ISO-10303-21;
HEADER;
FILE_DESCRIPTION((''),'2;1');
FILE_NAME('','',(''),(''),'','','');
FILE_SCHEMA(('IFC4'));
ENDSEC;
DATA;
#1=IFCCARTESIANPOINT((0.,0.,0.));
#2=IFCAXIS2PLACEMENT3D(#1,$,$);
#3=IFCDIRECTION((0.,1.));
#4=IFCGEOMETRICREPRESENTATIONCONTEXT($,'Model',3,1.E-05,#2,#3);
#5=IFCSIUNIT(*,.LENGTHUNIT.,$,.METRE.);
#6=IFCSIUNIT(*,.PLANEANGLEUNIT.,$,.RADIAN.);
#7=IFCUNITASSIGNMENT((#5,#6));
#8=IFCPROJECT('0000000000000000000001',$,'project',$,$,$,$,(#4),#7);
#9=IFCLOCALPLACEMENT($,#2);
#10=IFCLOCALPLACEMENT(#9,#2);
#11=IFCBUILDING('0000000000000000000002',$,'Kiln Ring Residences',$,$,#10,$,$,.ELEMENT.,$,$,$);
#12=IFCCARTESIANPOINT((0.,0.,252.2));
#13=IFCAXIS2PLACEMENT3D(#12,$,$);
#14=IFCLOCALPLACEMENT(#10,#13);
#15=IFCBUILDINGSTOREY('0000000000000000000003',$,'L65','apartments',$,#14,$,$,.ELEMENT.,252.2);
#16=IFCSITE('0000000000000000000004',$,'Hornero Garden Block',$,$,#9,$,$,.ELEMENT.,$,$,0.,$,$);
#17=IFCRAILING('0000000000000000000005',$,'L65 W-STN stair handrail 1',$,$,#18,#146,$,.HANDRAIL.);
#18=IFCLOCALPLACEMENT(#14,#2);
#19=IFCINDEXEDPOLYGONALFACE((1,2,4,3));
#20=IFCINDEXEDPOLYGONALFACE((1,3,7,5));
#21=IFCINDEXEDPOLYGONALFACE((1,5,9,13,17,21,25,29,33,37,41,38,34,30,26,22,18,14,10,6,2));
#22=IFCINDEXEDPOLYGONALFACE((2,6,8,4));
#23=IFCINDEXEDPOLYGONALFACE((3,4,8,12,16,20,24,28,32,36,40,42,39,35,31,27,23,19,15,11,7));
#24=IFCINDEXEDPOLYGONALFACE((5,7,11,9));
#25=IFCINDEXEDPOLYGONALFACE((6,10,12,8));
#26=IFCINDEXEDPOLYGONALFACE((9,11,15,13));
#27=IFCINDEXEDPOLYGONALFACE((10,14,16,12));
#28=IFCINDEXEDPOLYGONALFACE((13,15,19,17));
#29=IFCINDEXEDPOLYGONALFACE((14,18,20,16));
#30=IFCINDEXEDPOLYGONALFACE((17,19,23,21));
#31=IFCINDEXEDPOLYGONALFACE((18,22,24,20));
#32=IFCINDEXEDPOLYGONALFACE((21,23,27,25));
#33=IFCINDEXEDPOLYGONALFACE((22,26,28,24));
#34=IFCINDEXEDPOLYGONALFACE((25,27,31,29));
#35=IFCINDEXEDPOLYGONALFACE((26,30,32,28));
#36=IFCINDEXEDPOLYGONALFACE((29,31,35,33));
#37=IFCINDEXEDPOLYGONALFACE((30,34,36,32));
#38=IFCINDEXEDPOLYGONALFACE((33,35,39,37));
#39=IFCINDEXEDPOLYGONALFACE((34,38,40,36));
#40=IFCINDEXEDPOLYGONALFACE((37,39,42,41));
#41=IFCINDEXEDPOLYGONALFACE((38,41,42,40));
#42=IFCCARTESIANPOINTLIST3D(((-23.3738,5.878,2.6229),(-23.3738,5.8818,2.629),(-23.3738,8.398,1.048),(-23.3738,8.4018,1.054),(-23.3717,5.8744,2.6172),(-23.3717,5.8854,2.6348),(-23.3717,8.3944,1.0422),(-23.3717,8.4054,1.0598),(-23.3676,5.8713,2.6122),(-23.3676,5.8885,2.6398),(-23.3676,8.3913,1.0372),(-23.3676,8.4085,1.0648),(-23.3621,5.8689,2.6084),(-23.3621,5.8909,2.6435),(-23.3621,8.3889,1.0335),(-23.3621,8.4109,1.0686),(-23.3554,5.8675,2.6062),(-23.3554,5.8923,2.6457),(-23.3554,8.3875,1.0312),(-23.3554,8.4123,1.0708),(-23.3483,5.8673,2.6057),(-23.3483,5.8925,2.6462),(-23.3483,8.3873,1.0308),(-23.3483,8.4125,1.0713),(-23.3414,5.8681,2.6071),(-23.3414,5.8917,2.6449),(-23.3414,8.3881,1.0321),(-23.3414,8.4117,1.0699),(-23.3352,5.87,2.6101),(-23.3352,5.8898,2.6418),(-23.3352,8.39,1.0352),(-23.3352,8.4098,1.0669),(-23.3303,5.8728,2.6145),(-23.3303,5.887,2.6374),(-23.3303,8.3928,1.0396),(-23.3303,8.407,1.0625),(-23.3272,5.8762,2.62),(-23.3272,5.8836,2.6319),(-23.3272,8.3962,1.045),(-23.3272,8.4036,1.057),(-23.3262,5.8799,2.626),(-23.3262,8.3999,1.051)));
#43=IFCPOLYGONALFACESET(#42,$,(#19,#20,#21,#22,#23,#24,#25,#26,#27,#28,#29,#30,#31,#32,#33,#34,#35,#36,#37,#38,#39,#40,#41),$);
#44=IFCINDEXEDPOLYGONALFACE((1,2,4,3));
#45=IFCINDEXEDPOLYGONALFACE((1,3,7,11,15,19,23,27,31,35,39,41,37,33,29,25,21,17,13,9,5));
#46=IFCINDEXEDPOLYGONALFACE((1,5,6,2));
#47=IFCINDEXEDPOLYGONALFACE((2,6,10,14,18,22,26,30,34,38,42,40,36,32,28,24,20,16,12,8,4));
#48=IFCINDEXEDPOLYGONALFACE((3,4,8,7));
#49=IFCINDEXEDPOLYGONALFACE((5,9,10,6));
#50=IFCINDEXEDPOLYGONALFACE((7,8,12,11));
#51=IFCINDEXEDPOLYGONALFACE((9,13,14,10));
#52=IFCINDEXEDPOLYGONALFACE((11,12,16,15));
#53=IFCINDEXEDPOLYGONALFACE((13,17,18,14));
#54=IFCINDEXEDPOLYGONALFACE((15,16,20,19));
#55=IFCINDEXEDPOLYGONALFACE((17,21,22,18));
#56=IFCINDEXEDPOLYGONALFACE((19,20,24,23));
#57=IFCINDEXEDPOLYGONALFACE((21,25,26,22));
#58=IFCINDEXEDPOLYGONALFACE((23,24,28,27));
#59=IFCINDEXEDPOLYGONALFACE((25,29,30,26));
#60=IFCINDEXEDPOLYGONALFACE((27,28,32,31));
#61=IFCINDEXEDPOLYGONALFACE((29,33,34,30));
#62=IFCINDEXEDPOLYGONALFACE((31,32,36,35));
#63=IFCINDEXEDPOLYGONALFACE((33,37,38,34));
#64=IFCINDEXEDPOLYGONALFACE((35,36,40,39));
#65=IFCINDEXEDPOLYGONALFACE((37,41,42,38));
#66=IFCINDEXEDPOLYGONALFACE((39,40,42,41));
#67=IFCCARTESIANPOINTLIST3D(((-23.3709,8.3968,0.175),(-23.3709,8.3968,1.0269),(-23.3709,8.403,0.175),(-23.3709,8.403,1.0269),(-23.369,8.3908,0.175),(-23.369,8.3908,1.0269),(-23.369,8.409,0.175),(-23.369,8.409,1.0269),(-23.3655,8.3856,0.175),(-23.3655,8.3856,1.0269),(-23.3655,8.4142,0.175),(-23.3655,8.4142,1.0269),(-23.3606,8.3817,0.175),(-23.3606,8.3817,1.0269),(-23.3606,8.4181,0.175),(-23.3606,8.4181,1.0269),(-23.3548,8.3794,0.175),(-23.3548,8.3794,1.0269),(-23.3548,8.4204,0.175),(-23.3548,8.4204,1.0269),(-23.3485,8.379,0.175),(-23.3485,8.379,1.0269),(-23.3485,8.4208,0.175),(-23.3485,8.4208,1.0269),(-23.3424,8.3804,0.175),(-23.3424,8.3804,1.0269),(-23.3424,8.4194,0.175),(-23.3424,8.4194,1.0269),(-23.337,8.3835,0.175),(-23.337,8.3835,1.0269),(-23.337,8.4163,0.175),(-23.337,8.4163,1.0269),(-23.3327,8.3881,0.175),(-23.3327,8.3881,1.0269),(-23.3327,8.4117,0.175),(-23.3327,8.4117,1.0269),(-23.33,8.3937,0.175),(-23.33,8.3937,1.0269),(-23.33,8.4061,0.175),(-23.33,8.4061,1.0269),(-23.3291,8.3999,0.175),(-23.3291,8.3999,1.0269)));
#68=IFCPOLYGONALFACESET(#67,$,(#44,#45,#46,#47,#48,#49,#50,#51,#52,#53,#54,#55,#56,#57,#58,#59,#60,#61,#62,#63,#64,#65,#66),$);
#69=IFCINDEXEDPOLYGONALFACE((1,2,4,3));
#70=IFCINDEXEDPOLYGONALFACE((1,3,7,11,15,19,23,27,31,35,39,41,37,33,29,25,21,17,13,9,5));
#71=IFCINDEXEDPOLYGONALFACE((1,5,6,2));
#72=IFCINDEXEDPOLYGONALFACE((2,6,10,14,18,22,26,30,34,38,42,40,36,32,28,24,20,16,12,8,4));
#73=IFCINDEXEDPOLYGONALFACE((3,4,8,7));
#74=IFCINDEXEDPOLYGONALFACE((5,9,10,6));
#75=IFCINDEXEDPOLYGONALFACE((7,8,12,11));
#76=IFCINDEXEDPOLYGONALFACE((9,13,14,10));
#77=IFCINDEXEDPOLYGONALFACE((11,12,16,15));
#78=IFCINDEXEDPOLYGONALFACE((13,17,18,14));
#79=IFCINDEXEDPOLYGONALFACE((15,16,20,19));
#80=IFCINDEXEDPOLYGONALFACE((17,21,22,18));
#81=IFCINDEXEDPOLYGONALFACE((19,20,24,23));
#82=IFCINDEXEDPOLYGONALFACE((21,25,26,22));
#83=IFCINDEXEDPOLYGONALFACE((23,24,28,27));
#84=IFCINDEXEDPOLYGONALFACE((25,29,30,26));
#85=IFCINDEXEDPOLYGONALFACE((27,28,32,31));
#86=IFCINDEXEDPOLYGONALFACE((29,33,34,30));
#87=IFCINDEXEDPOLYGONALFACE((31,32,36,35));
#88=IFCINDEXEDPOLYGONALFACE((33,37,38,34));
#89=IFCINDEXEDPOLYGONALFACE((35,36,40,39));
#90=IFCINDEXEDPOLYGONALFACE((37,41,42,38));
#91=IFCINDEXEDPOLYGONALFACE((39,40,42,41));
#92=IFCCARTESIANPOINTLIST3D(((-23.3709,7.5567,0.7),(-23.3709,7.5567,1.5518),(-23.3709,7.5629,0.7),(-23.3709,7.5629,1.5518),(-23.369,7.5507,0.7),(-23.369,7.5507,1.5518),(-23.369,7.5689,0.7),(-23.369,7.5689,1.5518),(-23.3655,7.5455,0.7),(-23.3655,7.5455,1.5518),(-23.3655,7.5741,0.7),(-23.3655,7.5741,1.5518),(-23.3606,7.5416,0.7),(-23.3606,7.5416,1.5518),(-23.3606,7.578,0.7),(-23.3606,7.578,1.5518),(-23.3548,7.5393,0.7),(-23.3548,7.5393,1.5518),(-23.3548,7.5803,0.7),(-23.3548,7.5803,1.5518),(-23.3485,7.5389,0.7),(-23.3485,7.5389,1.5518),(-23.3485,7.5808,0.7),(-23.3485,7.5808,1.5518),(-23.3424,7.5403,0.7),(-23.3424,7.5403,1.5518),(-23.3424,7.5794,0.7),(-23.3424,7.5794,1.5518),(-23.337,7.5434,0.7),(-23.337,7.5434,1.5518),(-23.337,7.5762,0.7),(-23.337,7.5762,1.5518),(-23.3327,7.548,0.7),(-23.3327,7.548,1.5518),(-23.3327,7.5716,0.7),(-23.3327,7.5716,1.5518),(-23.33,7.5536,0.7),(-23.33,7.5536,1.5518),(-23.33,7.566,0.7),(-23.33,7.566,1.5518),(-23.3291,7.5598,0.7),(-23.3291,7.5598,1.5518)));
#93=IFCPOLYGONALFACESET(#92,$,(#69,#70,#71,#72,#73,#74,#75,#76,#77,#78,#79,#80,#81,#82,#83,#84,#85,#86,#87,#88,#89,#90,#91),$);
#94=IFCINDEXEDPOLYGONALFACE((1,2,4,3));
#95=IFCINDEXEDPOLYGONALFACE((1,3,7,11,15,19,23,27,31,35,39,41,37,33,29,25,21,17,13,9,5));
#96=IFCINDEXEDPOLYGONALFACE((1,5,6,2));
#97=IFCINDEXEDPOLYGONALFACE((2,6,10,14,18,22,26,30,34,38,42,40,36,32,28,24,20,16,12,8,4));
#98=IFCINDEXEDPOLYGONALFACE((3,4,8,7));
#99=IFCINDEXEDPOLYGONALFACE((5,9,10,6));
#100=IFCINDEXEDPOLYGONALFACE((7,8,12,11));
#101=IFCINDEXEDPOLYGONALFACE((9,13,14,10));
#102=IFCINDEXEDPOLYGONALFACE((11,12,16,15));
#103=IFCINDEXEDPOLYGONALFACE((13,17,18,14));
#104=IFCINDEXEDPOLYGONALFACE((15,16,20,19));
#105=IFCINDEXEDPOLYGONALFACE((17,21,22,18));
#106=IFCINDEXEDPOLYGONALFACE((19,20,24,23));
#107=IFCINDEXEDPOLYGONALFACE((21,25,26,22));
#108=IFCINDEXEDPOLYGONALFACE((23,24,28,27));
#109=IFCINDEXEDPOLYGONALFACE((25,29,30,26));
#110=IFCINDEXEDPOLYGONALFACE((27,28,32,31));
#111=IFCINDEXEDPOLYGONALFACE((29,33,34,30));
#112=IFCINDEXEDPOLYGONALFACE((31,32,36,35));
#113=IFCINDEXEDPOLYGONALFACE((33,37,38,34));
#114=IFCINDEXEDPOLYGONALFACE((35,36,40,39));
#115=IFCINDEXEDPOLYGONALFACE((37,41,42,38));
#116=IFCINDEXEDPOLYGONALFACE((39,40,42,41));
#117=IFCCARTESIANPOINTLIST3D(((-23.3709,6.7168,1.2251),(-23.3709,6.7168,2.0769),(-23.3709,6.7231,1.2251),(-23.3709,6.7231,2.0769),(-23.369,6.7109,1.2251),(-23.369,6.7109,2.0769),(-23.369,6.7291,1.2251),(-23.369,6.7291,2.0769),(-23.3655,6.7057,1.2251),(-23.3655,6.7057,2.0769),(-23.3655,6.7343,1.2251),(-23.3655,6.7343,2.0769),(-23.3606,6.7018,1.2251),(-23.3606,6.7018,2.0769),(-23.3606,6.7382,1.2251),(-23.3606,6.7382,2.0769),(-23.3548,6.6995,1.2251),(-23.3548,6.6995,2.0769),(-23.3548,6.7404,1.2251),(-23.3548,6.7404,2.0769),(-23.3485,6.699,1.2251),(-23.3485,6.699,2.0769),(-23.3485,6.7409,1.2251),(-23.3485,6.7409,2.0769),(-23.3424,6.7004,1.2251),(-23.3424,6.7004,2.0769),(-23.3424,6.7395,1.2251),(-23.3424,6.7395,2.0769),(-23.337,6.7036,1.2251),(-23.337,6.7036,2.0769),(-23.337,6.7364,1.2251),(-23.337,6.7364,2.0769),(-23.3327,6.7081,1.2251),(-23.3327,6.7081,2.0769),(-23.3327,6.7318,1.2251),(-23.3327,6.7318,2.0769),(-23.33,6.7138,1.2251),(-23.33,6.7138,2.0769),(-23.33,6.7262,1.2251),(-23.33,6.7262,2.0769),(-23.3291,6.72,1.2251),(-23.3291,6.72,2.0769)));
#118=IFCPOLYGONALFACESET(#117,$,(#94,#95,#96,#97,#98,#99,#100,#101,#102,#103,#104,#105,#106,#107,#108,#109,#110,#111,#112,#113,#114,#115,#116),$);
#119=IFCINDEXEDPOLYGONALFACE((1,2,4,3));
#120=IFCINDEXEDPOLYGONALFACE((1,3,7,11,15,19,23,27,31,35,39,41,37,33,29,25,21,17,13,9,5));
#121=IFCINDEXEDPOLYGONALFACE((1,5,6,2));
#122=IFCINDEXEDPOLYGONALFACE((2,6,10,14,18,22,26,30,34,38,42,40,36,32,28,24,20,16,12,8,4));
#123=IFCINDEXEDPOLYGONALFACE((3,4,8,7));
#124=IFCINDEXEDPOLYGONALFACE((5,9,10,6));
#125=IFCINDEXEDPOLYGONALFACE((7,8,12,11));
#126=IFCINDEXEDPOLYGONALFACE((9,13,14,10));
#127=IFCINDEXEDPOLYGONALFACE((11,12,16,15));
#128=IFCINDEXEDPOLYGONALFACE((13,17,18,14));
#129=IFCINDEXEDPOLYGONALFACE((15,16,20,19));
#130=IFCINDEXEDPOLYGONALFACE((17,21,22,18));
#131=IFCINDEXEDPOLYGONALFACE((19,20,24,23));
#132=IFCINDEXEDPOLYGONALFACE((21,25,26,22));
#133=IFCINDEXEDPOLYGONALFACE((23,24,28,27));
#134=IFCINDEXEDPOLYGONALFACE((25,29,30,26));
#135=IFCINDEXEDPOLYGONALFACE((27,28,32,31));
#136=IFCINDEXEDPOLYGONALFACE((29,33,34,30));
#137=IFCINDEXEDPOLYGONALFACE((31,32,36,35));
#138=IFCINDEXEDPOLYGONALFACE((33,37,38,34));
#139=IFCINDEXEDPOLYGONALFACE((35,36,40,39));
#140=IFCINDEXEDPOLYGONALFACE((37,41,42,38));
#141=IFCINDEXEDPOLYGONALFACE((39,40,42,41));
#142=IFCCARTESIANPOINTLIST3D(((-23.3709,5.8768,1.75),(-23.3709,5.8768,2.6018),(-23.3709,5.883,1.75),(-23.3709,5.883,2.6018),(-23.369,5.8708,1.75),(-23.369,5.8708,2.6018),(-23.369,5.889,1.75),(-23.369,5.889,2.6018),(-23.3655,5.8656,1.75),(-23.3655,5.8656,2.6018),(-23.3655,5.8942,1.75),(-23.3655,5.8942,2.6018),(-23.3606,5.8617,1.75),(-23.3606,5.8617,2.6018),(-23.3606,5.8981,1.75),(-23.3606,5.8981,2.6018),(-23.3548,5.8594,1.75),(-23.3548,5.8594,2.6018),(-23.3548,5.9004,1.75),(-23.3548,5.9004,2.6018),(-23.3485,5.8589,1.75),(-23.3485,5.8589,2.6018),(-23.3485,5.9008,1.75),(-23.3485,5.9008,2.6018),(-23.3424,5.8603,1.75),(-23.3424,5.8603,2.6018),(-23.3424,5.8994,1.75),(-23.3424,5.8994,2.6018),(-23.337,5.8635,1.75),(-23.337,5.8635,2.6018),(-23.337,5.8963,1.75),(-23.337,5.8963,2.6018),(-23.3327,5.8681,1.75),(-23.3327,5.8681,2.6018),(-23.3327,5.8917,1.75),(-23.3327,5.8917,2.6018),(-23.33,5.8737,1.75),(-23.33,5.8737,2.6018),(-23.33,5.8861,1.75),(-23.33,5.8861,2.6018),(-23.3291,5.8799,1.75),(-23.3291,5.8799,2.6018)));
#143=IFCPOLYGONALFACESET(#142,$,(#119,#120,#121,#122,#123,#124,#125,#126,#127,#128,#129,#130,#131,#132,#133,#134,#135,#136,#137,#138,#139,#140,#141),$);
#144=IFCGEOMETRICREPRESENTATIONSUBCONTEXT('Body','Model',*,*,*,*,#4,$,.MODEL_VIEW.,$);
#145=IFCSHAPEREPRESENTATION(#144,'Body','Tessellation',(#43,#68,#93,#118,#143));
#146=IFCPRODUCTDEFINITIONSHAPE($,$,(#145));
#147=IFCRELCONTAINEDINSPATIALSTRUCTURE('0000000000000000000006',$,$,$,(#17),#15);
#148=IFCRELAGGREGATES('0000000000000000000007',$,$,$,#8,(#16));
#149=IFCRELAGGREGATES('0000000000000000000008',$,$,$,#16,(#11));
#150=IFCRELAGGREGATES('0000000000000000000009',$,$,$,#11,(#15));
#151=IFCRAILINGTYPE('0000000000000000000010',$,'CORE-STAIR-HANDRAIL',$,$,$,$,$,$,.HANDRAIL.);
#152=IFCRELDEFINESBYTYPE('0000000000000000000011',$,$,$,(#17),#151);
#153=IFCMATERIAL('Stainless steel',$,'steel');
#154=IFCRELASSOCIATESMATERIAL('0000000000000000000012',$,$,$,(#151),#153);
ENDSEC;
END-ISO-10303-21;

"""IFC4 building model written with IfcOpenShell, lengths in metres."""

from ifc_helpers import new_model, si_unit, direction, frame, origin, origin_2d, place, context, subcontext, project, spatial, circle, extrude, material, type_object, element, save


model = new_model("IFC4")

# Units and contexts
model_context = context("Model", 3, precision=1e-05, world=origin(), true_north=direction((0.0, 1.0)))
body_context = subcontext(model_context, "Body", "Model", "MODEL_VIEW")
ifc_project = project(units=[si_unit("LENGTHUNIT", "METRE"), si_unit("PLANEANGLEUNIT", "RADIAN")], contexts=[model_context])

# Site, building, storey
site_placement = place(None, origin())
site = spatial("IfcSite", under=ifc_project, at=site_placement, Name="Hornero Garden Block", CompositionType="ELEMENT", RefElevation=0.0)
building_placement = place(site_placement, origin())
building = spatial("IfcBuilding", under=site, at=building_placement, Name="Kiln Ring Residences", CompositionType="ELEMENT")
storey_placement = place(building_placement, frame((0.0, 0.0, 252.2)))
storey = spatial("IfcBuildingStorey", under=building, at=storey_placement, Name="L65", Description="apartments", CompositionType="ELEMENT", Elevation=252.2)

# Railing
ifc_material_1 = material(Name="Stainless steel", Category="steel")
railing_type_1 = type_object("IfcRailingType", Name="CORE-STAIR-HANDRAIL", PredefinedType="HANDRAIL", material=ifc_material_1)
railing_1_placement = place(storey_placement, frame((-23.3501, 8.3999, 0.175)))
element("IfcRailing", 1, at=railing_1_placement, inside=storey, type_object=railing_type_1, Name="L65 W-STN stair handrail 1", PredefinedType="HANDRAIL", context=body_context, shape_type="SweptSolid", body=[
    extrude(circle(Radius=0.0239, at=origin_2d()), frame((0.0, 0.0, 0.876), z_axis=(0.0, -0.848008, 0.529984), x_axis=(1.0, 0.0, 0.0)), (0.0, 0.0, 1.0), 2.9717),
    extrude(circle(Radius=0.021, at=origin_2d()), origin(), (0.0, 0.0, 1.0), 0.8518),
    extrude(circle(Radius=0.021, at=origin_2d()), frame((0.0, -0.8401, 0.5249)), (0.0, 0.0, 1.0), 0.8518),
    extrude(circle(Radius=0.021, at=origin_2d()), frame((0.0, -1.6799, 1.05)), (0.0, 0.0, 1.0), 0.8518),
    extrude(circle(Radius=0.021, at=origin_2d()), frame((0.0, -2.52, 1.575)), (0.0, 0.0, 1.0), 0.8518),
])

save(model, "model.ifc")
